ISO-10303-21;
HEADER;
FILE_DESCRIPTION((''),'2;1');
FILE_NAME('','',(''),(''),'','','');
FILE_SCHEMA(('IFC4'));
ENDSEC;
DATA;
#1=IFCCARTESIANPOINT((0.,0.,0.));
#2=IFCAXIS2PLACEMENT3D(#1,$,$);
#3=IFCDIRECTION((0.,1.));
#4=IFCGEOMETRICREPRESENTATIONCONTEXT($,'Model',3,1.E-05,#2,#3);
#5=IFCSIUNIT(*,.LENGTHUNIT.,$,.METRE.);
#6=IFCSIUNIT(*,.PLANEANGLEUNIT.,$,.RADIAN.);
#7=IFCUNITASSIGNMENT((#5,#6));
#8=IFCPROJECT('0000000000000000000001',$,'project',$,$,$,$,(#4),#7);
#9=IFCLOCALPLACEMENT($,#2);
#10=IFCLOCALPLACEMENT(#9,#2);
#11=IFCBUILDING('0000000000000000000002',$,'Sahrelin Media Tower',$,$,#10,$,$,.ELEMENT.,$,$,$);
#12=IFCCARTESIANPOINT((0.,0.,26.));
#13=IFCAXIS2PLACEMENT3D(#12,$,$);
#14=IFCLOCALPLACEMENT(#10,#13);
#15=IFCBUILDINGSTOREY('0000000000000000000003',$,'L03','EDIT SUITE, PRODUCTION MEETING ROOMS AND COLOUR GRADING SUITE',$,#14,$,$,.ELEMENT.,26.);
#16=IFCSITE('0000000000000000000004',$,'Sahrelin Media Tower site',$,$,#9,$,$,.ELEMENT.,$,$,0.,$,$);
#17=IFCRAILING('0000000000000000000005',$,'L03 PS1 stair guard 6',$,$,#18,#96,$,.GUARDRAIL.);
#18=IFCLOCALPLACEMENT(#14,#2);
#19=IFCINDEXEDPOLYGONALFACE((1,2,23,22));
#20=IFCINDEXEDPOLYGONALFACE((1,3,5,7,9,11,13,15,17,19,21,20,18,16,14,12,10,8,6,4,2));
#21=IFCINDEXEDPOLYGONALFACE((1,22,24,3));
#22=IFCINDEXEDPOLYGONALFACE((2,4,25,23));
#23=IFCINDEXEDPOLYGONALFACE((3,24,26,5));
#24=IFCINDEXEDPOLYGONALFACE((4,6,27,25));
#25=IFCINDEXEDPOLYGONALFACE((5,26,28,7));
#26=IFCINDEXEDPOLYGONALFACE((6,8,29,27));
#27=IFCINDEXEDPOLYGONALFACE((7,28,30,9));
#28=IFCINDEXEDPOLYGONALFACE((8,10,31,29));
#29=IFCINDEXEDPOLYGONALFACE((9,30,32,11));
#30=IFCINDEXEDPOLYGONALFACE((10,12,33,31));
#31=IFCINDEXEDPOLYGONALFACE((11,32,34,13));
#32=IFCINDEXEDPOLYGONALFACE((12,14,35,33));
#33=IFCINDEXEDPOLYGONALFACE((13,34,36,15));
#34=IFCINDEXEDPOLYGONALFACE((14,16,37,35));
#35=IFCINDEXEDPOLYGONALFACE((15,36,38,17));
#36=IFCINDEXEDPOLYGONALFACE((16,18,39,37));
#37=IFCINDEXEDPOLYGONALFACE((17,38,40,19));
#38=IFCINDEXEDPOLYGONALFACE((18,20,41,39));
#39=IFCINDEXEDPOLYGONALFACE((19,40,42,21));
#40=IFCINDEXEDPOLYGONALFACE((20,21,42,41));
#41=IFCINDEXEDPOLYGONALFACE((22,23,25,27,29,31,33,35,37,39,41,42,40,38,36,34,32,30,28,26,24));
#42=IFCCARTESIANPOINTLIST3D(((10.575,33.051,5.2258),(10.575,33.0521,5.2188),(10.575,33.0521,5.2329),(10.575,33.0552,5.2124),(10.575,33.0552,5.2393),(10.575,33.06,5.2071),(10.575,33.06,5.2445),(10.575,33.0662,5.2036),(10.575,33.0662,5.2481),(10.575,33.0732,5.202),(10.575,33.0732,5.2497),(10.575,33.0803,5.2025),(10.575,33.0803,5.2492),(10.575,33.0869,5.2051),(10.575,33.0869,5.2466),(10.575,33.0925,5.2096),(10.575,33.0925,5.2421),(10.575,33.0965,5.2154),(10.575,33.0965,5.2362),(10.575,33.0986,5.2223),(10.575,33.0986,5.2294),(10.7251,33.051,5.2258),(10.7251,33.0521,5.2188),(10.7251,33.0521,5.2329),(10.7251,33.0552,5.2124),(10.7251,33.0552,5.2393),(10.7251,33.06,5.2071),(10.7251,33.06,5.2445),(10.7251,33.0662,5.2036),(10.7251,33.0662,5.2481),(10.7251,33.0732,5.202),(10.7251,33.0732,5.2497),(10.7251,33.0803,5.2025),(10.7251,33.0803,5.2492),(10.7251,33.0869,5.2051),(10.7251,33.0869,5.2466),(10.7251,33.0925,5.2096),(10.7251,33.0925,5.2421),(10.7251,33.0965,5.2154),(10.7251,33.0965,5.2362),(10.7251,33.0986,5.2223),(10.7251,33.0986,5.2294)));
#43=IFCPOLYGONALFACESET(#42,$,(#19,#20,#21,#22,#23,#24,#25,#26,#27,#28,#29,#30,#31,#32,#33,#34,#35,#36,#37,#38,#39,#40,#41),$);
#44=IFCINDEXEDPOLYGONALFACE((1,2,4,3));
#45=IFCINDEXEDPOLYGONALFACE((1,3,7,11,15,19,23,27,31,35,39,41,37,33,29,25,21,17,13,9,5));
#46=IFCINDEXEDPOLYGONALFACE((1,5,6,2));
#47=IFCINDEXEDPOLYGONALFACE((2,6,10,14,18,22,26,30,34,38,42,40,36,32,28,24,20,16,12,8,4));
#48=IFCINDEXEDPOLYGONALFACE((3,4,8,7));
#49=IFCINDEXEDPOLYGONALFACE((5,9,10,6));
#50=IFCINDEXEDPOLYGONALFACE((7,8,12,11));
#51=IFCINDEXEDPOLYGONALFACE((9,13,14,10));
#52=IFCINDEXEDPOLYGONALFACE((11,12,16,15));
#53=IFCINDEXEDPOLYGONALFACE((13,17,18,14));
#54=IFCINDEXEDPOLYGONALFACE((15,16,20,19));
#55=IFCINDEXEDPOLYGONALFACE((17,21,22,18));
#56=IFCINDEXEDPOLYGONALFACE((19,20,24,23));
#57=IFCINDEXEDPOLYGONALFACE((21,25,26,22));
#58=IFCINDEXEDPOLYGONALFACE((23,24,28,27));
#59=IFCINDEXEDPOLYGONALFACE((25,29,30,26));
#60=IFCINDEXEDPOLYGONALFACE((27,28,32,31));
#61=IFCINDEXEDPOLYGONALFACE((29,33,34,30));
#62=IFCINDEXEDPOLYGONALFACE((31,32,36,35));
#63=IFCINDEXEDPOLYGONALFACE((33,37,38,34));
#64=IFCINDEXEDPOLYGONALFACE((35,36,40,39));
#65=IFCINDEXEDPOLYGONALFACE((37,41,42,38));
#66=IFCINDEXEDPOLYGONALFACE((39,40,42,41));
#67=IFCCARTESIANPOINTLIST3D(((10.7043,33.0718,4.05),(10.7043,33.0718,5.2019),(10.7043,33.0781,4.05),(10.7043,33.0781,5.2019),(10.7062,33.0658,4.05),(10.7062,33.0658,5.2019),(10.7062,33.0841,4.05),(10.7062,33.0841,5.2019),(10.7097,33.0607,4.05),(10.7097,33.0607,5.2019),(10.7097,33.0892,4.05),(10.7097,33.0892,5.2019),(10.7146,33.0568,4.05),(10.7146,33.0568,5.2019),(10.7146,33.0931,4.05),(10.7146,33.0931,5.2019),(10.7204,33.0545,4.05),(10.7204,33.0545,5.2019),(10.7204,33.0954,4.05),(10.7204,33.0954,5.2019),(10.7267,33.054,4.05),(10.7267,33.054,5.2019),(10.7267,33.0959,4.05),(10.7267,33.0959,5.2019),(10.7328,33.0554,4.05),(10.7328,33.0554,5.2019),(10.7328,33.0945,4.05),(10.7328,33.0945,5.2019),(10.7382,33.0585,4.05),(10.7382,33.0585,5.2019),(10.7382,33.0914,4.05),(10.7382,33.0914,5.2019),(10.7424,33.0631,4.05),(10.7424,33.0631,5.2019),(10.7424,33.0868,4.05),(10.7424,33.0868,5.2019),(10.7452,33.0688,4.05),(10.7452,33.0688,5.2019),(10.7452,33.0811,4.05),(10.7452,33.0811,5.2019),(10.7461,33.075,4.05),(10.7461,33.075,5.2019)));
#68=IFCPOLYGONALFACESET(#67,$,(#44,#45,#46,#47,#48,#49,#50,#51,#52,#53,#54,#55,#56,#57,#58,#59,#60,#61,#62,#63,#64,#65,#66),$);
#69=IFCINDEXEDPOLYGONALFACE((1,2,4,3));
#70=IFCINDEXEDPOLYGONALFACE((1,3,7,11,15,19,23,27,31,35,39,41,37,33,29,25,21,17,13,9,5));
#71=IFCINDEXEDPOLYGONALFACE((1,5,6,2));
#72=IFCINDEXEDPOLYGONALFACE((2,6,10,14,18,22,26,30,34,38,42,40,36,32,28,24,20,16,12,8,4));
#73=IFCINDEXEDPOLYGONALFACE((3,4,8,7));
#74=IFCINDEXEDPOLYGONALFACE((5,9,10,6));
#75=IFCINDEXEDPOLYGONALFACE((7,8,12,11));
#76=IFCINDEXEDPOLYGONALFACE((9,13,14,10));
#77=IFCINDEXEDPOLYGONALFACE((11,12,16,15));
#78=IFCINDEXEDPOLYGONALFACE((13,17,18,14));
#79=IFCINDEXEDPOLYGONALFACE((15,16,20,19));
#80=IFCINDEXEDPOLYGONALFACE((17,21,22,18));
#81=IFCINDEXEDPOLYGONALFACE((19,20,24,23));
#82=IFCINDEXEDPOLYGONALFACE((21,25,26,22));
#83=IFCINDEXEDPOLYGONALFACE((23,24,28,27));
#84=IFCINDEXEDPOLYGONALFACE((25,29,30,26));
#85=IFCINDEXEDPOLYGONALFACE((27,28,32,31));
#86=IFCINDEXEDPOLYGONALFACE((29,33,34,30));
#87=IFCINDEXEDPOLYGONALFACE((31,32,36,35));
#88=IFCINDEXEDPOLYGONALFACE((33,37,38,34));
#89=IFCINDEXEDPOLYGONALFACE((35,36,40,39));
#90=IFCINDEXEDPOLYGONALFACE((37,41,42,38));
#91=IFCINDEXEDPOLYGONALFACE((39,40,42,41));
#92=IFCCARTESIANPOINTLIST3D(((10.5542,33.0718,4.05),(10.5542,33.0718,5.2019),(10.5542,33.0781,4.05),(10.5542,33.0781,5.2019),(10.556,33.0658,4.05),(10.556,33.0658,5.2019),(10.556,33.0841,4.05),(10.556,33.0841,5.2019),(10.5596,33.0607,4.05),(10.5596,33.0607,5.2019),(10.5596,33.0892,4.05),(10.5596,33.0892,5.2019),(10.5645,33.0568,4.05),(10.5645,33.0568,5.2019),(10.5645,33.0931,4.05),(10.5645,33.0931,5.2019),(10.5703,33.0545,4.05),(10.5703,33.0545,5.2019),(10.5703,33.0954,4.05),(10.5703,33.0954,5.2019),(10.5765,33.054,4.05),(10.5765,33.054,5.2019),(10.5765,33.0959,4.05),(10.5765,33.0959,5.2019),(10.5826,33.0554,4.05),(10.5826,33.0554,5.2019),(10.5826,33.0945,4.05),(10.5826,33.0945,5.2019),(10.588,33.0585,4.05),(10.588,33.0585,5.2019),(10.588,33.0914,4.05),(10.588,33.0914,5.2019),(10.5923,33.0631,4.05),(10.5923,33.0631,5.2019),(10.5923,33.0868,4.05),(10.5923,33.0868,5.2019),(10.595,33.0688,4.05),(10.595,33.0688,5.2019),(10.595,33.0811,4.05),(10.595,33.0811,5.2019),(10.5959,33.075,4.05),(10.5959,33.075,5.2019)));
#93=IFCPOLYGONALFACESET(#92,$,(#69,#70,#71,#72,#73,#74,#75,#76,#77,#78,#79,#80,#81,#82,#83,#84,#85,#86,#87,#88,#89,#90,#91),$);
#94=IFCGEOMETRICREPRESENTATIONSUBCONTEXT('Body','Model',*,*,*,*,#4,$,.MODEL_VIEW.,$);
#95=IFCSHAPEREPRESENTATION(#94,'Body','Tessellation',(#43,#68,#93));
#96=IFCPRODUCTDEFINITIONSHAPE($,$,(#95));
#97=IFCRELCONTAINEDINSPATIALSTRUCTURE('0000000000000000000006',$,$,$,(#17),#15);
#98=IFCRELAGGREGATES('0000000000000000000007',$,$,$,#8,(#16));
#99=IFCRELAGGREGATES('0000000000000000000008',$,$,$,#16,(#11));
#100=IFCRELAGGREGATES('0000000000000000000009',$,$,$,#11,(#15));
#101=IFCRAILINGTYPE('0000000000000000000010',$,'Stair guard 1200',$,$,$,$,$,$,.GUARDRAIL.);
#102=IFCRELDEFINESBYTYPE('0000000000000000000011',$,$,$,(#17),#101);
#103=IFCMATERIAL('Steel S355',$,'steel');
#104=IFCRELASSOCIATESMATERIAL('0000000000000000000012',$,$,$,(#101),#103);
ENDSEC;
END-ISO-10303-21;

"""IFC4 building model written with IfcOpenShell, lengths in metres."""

from ifc_helpers import new_model, si_unit, direction, frame, origin, origin_2d, place, context, subcontext, project, spatial, circle, extrude, material, type_object, element, save


model = new_model("IFC4")

# Units and contexts
model_context = context("Model", 3, precision=1e-05, world=origin(), true_north=direction((0.0, 1.0)))
body_context = subcontext(model_context, "Body", "Model", "MODEL_VIEW")
ifc_project = project(units=[si_unit("LENGTHUNIT", "METRE"), si_unit("PLANEANGLEUNIT", "RADIAN")], contexts=[model_context])

# Site, building, storey
site_placement = place(None, origin())
site = spatial("IfcSite", under=ifc_project, at=site_placement, Name="Sahrelin Media Tower site", CompositionType="ELEMENT", RefElevation=0.0)
building_placement = place(site_placement, origin())
building = spatial("IfcBuilding", under=site, at=building_placement, Name="Sahrelin Media Tower", CompositionType="ELEMENT")
storey_placement = place(building_placement, frame((0.0, 0.0, 26.0)))
storey = spatial("IfcBuildingStorey", under=building, at=storey_placement, Name="L03", Description="EDIT SUITE, PRODUCTION MEETING ROOMS AND COLOUR GRADING SUITE", CompositionType="ELEMENT", Elevation=26.0)

# Shared definitions
ifc_material_1 = material(Name="Steel S355", Category="steel")

# Railing
railing_type_1 = type_object("IfcRailingType", Name="Stair guard 1200", PredefinedType="GUARDRAIL", material=ifc_material_1)
railing_1_placement = place(storey_placement, frame((10.7251, 33.075, 4.05)))
element("IfcRailing", 1, at=railing_1_placement, inside=storey, type_object=railing_type_1, Name="L03 PS1 stair guard 6", PredefinedType="GUARDRAIL", context=body_context, shape_type="SweptSolid", body=[
    extrude(circle(Radius=0.0239, at=origin_2d()), frame((0.0, 0.0, 1.1758), z_axis=(-1.0, 0.0, 0.0), x_axis=(0.0, -1.0, 0.0)), (0.0, 0.0, 1.0), 0.1501),
    extrude(circle(Radius=0.021, at=origin_2d()), origin(), (0.0, 0.0, 1.0), 1.1519),
    extrude(circle(Radius=0.021, at=origin_2d()), frame((-0.1501, 0.0, 0.0)), (0.0, 0.0, 1.0), 1.1519),
])

save(model, "model.ifc")
